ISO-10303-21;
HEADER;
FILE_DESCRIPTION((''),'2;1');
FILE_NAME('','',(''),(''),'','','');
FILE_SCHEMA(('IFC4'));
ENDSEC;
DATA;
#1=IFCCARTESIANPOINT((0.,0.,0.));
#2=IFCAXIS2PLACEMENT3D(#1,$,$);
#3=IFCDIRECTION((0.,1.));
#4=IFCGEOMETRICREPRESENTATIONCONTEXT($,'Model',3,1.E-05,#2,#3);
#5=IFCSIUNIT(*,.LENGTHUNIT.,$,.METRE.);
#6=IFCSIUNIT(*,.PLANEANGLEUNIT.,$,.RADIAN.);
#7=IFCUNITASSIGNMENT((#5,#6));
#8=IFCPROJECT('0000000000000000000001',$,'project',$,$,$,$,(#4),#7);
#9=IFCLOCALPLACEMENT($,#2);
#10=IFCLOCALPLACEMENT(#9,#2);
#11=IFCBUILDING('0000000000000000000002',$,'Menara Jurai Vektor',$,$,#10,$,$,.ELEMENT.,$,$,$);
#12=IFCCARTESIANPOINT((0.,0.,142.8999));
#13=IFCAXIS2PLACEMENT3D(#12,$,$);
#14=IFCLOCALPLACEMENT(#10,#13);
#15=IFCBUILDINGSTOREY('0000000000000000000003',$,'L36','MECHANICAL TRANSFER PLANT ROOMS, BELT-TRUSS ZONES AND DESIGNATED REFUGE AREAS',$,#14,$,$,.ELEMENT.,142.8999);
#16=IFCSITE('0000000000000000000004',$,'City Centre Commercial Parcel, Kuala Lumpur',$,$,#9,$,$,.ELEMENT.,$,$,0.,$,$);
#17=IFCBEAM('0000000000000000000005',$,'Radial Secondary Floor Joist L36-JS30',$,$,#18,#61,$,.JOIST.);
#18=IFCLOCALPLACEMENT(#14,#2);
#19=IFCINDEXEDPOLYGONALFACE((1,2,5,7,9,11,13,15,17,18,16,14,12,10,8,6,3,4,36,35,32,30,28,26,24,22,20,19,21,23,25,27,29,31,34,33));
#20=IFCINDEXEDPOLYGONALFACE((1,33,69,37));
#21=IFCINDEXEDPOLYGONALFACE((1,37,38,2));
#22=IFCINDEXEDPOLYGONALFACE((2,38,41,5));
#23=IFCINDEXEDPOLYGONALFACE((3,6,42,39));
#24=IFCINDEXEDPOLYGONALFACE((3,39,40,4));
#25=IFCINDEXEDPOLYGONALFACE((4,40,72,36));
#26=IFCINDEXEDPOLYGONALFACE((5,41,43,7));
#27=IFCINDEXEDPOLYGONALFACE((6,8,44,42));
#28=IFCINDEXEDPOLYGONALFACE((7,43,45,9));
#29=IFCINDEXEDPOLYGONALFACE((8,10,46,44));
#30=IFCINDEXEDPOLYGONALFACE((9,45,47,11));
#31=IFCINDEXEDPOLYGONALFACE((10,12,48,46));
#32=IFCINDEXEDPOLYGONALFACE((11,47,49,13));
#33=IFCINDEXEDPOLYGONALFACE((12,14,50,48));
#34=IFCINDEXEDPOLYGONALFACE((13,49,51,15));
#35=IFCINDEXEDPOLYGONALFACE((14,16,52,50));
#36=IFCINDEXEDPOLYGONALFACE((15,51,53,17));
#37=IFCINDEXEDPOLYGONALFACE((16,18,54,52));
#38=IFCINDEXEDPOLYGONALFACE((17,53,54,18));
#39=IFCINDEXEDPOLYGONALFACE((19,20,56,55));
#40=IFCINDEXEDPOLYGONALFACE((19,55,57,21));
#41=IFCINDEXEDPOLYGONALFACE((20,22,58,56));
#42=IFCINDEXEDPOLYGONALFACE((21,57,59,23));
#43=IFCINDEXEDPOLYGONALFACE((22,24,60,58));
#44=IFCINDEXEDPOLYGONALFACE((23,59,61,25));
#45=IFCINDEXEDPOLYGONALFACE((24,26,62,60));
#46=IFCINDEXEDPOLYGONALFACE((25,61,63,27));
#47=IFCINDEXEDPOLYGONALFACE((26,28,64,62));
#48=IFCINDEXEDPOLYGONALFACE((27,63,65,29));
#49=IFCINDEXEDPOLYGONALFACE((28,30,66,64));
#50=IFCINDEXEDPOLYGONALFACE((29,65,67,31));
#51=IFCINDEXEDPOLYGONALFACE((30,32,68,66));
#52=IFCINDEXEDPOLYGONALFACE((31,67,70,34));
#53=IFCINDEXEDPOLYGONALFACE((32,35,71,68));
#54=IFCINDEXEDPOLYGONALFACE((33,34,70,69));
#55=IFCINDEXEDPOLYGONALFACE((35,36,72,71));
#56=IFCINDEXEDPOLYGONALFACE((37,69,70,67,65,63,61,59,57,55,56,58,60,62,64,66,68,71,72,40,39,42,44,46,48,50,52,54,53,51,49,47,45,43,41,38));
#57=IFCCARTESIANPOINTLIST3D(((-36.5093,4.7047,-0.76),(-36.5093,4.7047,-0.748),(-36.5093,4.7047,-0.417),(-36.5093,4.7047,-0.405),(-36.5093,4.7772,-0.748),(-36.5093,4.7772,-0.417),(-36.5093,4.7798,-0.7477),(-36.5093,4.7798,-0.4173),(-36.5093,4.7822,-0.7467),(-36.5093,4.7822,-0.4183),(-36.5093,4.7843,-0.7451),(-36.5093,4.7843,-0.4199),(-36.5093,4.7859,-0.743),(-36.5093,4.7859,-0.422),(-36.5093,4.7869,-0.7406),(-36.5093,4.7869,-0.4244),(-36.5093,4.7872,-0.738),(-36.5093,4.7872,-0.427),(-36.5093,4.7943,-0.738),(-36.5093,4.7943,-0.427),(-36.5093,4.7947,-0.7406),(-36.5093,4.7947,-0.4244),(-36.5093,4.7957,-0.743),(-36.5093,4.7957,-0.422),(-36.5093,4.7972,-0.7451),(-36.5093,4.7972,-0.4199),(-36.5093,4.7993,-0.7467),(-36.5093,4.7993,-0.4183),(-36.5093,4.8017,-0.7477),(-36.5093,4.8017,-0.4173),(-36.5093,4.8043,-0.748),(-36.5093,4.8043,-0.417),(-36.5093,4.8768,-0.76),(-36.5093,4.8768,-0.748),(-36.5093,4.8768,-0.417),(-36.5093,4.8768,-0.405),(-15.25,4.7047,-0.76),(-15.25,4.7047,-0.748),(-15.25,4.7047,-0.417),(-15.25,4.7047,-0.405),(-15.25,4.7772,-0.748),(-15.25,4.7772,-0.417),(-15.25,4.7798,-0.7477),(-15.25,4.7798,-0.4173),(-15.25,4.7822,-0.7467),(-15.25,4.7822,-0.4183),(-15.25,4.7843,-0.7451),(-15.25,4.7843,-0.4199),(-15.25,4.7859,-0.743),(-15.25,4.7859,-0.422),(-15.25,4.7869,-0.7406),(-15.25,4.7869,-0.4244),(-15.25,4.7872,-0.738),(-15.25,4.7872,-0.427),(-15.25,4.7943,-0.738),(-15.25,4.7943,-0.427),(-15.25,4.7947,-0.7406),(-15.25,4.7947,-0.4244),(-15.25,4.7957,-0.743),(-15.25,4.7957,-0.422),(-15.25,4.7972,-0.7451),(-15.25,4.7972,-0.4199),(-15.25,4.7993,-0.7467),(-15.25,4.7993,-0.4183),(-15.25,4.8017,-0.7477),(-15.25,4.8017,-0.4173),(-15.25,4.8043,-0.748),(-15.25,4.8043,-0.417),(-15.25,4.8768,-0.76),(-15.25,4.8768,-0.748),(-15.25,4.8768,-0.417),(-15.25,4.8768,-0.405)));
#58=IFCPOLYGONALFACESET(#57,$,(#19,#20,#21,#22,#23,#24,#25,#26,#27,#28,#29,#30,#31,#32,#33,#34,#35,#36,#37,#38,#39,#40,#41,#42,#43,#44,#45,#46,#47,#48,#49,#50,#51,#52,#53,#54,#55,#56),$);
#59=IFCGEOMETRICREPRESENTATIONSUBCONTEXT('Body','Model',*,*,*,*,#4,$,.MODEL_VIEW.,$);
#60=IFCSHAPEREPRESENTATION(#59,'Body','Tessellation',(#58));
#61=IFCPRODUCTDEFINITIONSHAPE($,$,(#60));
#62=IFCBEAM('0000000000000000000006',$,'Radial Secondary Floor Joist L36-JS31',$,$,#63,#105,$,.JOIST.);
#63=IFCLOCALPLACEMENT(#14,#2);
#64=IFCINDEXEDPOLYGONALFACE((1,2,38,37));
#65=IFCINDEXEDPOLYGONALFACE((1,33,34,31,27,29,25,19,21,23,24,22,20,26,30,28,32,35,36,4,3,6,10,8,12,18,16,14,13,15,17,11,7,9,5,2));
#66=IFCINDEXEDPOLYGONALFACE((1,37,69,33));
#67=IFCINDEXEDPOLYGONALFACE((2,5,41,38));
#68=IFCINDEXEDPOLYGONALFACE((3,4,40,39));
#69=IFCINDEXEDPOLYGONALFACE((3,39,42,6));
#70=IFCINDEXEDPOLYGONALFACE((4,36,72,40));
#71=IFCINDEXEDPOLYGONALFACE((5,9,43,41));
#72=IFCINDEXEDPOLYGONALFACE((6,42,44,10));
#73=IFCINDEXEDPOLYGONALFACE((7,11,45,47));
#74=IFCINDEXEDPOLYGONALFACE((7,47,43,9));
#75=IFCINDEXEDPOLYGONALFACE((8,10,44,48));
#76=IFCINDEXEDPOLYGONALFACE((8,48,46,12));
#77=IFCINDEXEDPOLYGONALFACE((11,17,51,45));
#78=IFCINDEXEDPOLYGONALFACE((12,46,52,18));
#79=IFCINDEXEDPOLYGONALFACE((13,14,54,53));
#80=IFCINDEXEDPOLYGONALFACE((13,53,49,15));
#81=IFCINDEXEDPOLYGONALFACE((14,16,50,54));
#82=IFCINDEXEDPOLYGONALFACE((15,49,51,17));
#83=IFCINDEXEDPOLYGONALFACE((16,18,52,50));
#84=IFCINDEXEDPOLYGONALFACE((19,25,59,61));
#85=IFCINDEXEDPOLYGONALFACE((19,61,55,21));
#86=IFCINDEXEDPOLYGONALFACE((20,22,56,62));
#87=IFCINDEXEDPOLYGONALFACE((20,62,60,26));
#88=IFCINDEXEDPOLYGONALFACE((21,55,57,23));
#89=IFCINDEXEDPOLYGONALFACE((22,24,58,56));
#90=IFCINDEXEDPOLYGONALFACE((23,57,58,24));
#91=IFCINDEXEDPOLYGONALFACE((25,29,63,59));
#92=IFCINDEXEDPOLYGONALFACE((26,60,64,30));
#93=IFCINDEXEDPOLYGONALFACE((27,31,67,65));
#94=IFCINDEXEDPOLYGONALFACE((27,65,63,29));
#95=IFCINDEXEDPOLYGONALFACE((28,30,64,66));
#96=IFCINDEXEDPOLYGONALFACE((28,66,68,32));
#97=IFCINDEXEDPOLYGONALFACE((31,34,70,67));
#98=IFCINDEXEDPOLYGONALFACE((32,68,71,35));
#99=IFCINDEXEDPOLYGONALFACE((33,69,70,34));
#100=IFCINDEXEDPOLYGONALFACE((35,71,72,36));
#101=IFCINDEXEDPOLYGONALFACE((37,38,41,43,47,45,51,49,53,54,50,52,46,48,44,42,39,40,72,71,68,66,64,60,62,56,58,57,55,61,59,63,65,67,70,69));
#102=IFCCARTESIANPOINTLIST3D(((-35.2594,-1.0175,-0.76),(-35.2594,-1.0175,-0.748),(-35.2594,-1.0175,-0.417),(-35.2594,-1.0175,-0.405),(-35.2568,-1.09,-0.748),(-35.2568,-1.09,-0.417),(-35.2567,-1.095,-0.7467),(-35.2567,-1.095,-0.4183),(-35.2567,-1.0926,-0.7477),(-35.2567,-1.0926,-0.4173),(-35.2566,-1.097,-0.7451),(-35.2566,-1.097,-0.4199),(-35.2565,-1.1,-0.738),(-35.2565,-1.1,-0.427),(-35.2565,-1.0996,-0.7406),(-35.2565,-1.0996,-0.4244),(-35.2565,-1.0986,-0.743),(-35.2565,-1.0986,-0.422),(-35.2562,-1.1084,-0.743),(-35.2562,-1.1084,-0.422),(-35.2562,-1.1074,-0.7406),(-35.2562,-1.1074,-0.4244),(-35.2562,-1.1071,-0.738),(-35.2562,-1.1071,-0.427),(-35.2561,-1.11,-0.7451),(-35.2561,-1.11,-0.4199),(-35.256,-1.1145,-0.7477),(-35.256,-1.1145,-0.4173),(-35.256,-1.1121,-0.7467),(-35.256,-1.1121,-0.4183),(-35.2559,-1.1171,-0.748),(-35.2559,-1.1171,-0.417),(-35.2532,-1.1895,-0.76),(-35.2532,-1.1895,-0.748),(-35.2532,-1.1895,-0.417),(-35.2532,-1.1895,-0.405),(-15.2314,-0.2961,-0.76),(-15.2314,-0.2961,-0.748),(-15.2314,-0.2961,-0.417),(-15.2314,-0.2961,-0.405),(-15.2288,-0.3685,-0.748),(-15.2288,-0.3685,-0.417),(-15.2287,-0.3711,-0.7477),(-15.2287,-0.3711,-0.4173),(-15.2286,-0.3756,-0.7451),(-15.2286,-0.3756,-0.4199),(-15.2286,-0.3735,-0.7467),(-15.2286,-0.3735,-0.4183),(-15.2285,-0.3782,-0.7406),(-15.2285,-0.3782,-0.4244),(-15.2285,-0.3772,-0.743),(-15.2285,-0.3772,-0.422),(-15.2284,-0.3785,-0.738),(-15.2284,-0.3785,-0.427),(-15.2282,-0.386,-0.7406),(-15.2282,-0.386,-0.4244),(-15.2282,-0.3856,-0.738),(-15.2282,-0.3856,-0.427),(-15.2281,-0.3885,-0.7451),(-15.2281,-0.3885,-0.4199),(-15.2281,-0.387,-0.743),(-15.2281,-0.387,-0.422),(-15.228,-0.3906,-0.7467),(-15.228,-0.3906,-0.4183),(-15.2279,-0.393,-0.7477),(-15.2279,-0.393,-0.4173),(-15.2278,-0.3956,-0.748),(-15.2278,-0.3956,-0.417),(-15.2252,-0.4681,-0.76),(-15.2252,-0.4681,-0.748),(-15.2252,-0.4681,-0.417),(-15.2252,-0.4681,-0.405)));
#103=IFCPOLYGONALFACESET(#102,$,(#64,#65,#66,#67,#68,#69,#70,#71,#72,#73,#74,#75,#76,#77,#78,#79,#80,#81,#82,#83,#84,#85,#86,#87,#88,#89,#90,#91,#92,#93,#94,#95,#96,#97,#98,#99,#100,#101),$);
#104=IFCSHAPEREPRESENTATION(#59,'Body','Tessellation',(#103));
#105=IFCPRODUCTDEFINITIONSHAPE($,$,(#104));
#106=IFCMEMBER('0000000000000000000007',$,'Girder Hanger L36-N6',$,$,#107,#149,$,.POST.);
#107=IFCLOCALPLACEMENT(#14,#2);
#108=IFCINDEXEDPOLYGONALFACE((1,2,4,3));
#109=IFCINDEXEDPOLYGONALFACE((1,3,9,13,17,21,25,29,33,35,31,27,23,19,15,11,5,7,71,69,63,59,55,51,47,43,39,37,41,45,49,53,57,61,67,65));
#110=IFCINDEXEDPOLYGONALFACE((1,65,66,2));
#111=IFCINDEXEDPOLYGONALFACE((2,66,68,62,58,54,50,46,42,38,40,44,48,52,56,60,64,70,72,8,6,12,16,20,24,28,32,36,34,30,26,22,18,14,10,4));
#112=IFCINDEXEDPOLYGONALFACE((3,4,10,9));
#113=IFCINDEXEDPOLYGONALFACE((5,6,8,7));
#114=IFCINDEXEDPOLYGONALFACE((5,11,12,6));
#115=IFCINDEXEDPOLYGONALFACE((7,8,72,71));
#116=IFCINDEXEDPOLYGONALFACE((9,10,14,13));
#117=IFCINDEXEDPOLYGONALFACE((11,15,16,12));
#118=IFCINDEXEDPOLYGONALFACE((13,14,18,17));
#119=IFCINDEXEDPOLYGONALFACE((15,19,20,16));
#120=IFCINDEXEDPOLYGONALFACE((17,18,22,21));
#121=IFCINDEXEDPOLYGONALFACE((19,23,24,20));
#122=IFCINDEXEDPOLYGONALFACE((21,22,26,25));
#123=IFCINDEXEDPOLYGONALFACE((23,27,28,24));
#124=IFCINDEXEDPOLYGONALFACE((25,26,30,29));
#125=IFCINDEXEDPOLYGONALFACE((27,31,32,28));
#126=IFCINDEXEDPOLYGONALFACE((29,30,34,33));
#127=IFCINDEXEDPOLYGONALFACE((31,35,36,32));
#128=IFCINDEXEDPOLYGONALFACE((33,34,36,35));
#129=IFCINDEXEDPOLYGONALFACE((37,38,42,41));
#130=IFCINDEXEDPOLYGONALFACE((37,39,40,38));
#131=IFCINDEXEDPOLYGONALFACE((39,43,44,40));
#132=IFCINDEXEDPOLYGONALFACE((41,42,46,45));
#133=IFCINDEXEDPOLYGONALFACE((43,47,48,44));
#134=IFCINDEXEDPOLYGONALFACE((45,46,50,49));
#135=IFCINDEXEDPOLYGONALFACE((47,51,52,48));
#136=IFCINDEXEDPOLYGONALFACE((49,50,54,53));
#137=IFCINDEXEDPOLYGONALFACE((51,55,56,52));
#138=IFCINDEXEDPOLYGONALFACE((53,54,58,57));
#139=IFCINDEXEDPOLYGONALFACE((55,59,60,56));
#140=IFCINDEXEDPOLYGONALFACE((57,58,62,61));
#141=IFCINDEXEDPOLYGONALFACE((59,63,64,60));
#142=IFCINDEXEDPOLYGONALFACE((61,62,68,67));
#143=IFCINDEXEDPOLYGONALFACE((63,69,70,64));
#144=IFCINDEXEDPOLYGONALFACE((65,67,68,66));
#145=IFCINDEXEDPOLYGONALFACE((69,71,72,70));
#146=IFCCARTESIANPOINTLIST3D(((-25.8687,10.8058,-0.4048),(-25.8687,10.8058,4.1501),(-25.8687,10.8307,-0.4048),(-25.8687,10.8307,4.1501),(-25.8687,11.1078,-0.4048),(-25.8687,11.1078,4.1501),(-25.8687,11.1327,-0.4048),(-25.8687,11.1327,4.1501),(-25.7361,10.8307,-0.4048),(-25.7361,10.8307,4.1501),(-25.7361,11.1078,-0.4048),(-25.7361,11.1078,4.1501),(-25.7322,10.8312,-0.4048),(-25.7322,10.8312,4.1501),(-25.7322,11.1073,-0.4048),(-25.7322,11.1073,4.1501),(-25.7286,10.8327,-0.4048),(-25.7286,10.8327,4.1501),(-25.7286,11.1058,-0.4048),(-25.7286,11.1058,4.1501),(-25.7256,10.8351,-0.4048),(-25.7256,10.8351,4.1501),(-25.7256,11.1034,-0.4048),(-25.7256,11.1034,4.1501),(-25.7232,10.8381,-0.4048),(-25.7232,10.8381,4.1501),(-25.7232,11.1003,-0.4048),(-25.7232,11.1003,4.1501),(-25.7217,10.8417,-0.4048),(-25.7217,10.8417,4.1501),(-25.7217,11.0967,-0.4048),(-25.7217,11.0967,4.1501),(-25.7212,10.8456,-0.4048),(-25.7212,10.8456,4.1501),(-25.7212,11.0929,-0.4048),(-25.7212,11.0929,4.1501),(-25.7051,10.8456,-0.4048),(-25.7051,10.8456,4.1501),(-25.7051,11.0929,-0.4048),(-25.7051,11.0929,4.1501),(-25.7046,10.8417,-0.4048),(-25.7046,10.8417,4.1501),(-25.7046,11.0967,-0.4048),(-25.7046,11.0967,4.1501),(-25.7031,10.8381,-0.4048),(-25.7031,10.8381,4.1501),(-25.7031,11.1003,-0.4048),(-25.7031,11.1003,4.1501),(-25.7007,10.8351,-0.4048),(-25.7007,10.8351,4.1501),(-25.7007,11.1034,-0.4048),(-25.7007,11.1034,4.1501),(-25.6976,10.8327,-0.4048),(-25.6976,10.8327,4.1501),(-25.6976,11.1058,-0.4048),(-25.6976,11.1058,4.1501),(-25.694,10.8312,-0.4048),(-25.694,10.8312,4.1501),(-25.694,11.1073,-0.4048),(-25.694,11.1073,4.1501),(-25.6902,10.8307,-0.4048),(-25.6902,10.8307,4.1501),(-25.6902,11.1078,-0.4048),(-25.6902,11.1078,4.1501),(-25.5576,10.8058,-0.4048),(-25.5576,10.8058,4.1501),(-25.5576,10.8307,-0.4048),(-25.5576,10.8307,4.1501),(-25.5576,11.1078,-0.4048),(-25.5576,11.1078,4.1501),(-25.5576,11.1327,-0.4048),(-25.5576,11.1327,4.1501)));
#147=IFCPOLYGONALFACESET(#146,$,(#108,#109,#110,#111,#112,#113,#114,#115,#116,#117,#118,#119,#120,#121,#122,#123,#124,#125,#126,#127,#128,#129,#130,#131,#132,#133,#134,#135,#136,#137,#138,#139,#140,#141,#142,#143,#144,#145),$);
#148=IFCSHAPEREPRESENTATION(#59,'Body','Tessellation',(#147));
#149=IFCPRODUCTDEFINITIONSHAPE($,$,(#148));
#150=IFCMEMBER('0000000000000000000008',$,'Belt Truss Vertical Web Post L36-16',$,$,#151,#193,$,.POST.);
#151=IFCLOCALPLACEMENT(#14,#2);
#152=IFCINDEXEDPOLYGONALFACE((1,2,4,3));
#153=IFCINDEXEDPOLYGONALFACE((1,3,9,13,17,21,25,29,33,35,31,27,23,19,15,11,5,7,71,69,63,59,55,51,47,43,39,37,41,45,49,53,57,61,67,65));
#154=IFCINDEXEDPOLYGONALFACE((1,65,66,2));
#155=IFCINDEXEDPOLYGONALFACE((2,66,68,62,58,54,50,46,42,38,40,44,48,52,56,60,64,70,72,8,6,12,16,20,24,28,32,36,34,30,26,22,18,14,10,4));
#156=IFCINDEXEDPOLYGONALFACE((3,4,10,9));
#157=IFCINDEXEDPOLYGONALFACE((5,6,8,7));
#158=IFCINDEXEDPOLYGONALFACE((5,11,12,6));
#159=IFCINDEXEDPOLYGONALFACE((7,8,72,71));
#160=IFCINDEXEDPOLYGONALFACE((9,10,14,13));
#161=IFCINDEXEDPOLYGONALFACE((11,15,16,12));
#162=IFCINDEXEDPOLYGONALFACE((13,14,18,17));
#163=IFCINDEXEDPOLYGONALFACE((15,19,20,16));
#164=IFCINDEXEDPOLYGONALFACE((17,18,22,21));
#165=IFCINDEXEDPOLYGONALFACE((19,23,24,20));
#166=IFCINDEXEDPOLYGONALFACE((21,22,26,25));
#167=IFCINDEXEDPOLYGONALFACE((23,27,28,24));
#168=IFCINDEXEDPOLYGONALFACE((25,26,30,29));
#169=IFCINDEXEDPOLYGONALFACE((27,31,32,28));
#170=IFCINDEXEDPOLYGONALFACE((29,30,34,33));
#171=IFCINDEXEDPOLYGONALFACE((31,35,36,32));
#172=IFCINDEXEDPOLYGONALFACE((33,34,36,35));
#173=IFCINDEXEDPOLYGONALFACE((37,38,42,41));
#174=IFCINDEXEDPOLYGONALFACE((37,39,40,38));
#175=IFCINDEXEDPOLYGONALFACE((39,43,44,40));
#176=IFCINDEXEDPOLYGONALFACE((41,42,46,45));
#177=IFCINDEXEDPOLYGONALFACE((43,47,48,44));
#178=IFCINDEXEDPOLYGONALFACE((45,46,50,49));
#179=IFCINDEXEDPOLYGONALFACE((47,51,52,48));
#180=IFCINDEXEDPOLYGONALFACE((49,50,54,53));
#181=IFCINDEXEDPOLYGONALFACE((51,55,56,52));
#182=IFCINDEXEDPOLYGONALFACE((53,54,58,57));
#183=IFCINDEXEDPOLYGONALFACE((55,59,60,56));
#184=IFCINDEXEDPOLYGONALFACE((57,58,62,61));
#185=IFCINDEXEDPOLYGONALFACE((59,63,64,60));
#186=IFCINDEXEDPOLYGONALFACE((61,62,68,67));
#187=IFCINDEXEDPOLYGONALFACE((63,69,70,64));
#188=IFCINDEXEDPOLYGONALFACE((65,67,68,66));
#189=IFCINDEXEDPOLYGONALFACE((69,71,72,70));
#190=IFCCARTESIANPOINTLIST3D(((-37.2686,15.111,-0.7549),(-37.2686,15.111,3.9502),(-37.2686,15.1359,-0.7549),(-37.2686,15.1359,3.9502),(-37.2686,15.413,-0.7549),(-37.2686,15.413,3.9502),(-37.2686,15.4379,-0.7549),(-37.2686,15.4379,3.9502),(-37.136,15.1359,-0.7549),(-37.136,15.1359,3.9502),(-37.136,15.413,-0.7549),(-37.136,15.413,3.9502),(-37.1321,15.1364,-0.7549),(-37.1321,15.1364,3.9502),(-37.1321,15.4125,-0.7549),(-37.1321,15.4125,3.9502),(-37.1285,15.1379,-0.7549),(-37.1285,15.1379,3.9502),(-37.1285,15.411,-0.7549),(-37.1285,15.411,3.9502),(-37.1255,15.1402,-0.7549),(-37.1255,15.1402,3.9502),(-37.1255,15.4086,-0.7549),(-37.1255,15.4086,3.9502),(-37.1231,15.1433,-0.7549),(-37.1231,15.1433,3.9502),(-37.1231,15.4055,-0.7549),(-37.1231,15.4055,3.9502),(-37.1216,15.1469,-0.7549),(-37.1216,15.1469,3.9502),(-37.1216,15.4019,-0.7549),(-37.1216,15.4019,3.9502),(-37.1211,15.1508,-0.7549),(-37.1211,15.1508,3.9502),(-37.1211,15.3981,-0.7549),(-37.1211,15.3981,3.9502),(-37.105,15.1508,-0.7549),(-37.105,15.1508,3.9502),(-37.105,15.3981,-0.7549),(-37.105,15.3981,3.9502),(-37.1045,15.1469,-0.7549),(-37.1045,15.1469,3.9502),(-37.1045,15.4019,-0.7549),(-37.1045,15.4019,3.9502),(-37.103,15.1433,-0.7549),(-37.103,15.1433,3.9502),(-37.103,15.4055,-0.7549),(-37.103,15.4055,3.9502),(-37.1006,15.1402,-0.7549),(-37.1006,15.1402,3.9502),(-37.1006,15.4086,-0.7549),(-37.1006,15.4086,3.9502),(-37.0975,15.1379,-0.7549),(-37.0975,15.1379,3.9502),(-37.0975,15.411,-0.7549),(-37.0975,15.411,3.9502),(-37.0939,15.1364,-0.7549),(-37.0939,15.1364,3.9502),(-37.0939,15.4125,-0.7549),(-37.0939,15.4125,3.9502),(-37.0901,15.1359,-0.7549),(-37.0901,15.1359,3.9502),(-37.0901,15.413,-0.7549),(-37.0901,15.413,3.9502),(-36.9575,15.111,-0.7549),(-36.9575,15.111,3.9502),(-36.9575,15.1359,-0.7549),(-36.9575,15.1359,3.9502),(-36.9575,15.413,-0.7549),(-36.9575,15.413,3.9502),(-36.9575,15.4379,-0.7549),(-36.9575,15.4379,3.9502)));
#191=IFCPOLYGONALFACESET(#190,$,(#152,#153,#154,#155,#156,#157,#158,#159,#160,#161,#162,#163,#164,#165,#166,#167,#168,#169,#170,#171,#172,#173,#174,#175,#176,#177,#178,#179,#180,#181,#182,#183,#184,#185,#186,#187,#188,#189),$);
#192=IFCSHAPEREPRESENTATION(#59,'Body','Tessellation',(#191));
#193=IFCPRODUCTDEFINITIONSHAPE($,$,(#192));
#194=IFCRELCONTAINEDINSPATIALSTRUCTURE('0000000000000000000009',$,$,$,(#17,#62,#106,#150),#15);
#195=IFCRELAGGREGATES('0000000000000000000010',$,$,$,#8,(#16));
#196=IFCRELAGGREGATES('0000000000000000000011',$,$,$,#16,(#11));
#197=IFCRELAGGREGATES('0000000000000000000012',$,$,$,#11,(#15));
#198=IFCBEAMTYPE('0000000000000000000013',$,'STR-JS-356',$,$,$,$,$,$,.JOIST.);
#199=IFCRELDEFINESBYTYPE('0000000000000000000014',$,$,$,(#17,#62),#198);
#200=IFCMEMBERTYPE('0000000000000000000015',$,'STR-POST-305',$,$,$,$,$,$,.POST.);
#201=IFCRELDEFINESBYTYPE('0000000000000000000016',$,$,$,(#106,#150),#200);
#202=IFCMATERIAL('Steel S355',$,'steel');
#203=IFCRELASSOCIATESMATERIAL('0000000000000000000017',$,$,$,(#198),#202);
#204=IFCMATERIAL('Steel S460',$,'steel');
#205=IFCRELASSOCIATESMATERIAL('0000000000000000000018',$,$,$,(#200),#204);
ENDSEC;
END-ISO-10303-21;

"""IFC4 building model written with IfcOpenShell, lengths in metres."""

from ifc_helpers import new_model, si_unit, direction, frame, origin, origin_2d, place, context, subcontext, project, spatial, i_section, extrude, material, material_profile, profile_set, type_object, element, save


model = new_model("IFC4")

# Units and contexts
model_context = context("Model", 3, precision=1e-05, world=origin(), true_north=direction((0.0, 1.0)))
body_context = subcontext(model_context, "Body", "Model", "MODEL_VIEW")
ifc_project = project(units=[si_unit("LENGTHUNIT", "METRE"), si_unit("PLANEANGLEUNIT", "RADIAN")], contexts=[model_context])

# Site, building, storey
site_placement = place(None, origin())
site = spatial("IfcSite", under=ifc_project, at=site_placement, Name="City Centre Commercial Parcel, Kuala Lumpur", CompositionType="ELEMENT", RefElevation=0.0)
building_placement = place(site_placement, origin())
building = spatial("IfcBuilding", under=site, at=building_placement, Name="Menara Jurai Vektor", CompositionType="ELEMENT")
storey_placement = place(building_placement, frame((0.0, 0.0, 142.8999)))
storey = spatial("IfcBuildingStorey", under=building, at=storey_placement, Name="L36", Description="MECHANICAL TRANSFER PLANT ROOMS, BELT-TRUSS ZONES AND DESIGNATED REFUGE AREAS", CompositionType="ELEMENT", Elevation=142.8999)

# Shared definitions
ifc_material_1 = material(Name="Steel S460", Category="steel")

# Beams
ifc_material_2 = material(Name="Steel S355", Category="steel")
ifc_material_profile_1 = material_profile(ifc_material_2, i_section(OverallWidth=0.1721, OverallDepth=0.355, WebThickness=0.0071, FlangeThickness=0.012, FilletRadius=0.01, at=origin_2d()), Name="UKB 356x171x51")
ifc_profile_set_1 = profile_set([ifc_material_profile_1], Name="Steel S355")
beam_type_1 = type_object("IfcBeamType", Name="STR-JS-356", PredefinedType="JOIST", material=ifc_profile_set_1)
beam_1_placement = place(storey_placement, frame((-36.5093, 4.7908, -0.5825), z_axis=(1.0, 0.0, 0.0), x_axis=(0.0, 1.0, 0.0)))
element("IfcBeam", 1, at=beam_1_placement, inside=storey, type_object=beam_type_1, Name="Radial Secondary Floor Joist L36-JS30", PredefinedType="JOIST", context=body_context, shape_type="SweptSolid", body=[
    extrude(i_section(OverallWidth=0.1721, OverallDepth=0.355, WebThickness=0.0071, FlangeThickness=0.012, FilletRadius=0.01, at=origin_2d()), origin(), (0.0, 0.0, 1.0), 21.2593),
])
beam_2_placement = place(storey_placement, frame((-35.2563, -1.1035, -0.5825), z_axis=(0.999352, 0.035998, 0.0), x_axis=(-0.035998, 0.999352, 0.0)))
element("IfcBeam", 2, at=beam_2_placement, inside=storey, type_object=beam_type_1, Name="Radial Secondary Floor Joist L36-JS31", PredefinedType="JOIST", context=body_context, shape_type="SweptSolid", body=[
    extrude(i_section(OverallWidth=0.1721, OverallDepth=0.355, WebThickness=0.0071, FlangeThickness=0.012, FilletRadius=0.01, at=origin_2d()), origin(), (0.0, 0.0, 1.0), 20.041),
])

# Members
ifc_material_profile_2 = material_profile(ifc_material_1, i_section(OverallWidth=0.311, OverallDepth=0.3269, WebThickness=0.0161, FlangeThickness=0.0249, FilletRadius=0.0149, at=origin_2d()), Name="UKC 305x305x158")
ifc_profile_set_2 = profile_set([ifc_material_profile_2], Name="Steel S460")
member_type_1 = type_object("IfcMemberType", Name="STR-POST-305", PredefinedType="POST", material=ifc_profile_set_2)
member_1_placement = place(storey_placement, frame((-25.7131, 10.9692, -0.4048), z_axis=(0.0, 0.0, 1.0), x_axis=(1.0, 0.0, 0.0)))
element("IfcMember", 3, at=member_1_placement, inside=storey, type_object=member_type_1, Name="Girder Hanger L36-N6", PredefinedType="POST", context=body_context, shape_type="SweptSolid", body=[
    extrude(i_section(OverallWidth=0.311, OverallDepth=0.3269, WebThickness=0.0161, FlangeThickness=0.0249, FilletRadius=0.0149, at=origin_2d()), origin(), (0.0, 0.0, 1.0), 4.5549),
])
member_2_placement = place(storey_placement, frame((-37.113, 15.2744, -0.7549), z_axis=(0.0, 0.0, 1.0), x_axis=(1.0, 0.0, 0.0)))
element("IfcMember", 4, at=member_2_placement, inside=storey, type_object=member_type_1, Name="Belt Truss Vertical Web Post L36-16", PredefinedType="POST", context=body_context, shape_type="SweptSolid", body=[
    extrude(i_section(OverallWidth=0.311, OverallDepth=0.3269, WebThickness=0.0161, FlangeThickness=0.0249, FilletRadius=0.0149, at=origin_2d()), origin(), (0.0, 0.0, 1.0), 4.7051),
])

save(model, "model.ifc")
